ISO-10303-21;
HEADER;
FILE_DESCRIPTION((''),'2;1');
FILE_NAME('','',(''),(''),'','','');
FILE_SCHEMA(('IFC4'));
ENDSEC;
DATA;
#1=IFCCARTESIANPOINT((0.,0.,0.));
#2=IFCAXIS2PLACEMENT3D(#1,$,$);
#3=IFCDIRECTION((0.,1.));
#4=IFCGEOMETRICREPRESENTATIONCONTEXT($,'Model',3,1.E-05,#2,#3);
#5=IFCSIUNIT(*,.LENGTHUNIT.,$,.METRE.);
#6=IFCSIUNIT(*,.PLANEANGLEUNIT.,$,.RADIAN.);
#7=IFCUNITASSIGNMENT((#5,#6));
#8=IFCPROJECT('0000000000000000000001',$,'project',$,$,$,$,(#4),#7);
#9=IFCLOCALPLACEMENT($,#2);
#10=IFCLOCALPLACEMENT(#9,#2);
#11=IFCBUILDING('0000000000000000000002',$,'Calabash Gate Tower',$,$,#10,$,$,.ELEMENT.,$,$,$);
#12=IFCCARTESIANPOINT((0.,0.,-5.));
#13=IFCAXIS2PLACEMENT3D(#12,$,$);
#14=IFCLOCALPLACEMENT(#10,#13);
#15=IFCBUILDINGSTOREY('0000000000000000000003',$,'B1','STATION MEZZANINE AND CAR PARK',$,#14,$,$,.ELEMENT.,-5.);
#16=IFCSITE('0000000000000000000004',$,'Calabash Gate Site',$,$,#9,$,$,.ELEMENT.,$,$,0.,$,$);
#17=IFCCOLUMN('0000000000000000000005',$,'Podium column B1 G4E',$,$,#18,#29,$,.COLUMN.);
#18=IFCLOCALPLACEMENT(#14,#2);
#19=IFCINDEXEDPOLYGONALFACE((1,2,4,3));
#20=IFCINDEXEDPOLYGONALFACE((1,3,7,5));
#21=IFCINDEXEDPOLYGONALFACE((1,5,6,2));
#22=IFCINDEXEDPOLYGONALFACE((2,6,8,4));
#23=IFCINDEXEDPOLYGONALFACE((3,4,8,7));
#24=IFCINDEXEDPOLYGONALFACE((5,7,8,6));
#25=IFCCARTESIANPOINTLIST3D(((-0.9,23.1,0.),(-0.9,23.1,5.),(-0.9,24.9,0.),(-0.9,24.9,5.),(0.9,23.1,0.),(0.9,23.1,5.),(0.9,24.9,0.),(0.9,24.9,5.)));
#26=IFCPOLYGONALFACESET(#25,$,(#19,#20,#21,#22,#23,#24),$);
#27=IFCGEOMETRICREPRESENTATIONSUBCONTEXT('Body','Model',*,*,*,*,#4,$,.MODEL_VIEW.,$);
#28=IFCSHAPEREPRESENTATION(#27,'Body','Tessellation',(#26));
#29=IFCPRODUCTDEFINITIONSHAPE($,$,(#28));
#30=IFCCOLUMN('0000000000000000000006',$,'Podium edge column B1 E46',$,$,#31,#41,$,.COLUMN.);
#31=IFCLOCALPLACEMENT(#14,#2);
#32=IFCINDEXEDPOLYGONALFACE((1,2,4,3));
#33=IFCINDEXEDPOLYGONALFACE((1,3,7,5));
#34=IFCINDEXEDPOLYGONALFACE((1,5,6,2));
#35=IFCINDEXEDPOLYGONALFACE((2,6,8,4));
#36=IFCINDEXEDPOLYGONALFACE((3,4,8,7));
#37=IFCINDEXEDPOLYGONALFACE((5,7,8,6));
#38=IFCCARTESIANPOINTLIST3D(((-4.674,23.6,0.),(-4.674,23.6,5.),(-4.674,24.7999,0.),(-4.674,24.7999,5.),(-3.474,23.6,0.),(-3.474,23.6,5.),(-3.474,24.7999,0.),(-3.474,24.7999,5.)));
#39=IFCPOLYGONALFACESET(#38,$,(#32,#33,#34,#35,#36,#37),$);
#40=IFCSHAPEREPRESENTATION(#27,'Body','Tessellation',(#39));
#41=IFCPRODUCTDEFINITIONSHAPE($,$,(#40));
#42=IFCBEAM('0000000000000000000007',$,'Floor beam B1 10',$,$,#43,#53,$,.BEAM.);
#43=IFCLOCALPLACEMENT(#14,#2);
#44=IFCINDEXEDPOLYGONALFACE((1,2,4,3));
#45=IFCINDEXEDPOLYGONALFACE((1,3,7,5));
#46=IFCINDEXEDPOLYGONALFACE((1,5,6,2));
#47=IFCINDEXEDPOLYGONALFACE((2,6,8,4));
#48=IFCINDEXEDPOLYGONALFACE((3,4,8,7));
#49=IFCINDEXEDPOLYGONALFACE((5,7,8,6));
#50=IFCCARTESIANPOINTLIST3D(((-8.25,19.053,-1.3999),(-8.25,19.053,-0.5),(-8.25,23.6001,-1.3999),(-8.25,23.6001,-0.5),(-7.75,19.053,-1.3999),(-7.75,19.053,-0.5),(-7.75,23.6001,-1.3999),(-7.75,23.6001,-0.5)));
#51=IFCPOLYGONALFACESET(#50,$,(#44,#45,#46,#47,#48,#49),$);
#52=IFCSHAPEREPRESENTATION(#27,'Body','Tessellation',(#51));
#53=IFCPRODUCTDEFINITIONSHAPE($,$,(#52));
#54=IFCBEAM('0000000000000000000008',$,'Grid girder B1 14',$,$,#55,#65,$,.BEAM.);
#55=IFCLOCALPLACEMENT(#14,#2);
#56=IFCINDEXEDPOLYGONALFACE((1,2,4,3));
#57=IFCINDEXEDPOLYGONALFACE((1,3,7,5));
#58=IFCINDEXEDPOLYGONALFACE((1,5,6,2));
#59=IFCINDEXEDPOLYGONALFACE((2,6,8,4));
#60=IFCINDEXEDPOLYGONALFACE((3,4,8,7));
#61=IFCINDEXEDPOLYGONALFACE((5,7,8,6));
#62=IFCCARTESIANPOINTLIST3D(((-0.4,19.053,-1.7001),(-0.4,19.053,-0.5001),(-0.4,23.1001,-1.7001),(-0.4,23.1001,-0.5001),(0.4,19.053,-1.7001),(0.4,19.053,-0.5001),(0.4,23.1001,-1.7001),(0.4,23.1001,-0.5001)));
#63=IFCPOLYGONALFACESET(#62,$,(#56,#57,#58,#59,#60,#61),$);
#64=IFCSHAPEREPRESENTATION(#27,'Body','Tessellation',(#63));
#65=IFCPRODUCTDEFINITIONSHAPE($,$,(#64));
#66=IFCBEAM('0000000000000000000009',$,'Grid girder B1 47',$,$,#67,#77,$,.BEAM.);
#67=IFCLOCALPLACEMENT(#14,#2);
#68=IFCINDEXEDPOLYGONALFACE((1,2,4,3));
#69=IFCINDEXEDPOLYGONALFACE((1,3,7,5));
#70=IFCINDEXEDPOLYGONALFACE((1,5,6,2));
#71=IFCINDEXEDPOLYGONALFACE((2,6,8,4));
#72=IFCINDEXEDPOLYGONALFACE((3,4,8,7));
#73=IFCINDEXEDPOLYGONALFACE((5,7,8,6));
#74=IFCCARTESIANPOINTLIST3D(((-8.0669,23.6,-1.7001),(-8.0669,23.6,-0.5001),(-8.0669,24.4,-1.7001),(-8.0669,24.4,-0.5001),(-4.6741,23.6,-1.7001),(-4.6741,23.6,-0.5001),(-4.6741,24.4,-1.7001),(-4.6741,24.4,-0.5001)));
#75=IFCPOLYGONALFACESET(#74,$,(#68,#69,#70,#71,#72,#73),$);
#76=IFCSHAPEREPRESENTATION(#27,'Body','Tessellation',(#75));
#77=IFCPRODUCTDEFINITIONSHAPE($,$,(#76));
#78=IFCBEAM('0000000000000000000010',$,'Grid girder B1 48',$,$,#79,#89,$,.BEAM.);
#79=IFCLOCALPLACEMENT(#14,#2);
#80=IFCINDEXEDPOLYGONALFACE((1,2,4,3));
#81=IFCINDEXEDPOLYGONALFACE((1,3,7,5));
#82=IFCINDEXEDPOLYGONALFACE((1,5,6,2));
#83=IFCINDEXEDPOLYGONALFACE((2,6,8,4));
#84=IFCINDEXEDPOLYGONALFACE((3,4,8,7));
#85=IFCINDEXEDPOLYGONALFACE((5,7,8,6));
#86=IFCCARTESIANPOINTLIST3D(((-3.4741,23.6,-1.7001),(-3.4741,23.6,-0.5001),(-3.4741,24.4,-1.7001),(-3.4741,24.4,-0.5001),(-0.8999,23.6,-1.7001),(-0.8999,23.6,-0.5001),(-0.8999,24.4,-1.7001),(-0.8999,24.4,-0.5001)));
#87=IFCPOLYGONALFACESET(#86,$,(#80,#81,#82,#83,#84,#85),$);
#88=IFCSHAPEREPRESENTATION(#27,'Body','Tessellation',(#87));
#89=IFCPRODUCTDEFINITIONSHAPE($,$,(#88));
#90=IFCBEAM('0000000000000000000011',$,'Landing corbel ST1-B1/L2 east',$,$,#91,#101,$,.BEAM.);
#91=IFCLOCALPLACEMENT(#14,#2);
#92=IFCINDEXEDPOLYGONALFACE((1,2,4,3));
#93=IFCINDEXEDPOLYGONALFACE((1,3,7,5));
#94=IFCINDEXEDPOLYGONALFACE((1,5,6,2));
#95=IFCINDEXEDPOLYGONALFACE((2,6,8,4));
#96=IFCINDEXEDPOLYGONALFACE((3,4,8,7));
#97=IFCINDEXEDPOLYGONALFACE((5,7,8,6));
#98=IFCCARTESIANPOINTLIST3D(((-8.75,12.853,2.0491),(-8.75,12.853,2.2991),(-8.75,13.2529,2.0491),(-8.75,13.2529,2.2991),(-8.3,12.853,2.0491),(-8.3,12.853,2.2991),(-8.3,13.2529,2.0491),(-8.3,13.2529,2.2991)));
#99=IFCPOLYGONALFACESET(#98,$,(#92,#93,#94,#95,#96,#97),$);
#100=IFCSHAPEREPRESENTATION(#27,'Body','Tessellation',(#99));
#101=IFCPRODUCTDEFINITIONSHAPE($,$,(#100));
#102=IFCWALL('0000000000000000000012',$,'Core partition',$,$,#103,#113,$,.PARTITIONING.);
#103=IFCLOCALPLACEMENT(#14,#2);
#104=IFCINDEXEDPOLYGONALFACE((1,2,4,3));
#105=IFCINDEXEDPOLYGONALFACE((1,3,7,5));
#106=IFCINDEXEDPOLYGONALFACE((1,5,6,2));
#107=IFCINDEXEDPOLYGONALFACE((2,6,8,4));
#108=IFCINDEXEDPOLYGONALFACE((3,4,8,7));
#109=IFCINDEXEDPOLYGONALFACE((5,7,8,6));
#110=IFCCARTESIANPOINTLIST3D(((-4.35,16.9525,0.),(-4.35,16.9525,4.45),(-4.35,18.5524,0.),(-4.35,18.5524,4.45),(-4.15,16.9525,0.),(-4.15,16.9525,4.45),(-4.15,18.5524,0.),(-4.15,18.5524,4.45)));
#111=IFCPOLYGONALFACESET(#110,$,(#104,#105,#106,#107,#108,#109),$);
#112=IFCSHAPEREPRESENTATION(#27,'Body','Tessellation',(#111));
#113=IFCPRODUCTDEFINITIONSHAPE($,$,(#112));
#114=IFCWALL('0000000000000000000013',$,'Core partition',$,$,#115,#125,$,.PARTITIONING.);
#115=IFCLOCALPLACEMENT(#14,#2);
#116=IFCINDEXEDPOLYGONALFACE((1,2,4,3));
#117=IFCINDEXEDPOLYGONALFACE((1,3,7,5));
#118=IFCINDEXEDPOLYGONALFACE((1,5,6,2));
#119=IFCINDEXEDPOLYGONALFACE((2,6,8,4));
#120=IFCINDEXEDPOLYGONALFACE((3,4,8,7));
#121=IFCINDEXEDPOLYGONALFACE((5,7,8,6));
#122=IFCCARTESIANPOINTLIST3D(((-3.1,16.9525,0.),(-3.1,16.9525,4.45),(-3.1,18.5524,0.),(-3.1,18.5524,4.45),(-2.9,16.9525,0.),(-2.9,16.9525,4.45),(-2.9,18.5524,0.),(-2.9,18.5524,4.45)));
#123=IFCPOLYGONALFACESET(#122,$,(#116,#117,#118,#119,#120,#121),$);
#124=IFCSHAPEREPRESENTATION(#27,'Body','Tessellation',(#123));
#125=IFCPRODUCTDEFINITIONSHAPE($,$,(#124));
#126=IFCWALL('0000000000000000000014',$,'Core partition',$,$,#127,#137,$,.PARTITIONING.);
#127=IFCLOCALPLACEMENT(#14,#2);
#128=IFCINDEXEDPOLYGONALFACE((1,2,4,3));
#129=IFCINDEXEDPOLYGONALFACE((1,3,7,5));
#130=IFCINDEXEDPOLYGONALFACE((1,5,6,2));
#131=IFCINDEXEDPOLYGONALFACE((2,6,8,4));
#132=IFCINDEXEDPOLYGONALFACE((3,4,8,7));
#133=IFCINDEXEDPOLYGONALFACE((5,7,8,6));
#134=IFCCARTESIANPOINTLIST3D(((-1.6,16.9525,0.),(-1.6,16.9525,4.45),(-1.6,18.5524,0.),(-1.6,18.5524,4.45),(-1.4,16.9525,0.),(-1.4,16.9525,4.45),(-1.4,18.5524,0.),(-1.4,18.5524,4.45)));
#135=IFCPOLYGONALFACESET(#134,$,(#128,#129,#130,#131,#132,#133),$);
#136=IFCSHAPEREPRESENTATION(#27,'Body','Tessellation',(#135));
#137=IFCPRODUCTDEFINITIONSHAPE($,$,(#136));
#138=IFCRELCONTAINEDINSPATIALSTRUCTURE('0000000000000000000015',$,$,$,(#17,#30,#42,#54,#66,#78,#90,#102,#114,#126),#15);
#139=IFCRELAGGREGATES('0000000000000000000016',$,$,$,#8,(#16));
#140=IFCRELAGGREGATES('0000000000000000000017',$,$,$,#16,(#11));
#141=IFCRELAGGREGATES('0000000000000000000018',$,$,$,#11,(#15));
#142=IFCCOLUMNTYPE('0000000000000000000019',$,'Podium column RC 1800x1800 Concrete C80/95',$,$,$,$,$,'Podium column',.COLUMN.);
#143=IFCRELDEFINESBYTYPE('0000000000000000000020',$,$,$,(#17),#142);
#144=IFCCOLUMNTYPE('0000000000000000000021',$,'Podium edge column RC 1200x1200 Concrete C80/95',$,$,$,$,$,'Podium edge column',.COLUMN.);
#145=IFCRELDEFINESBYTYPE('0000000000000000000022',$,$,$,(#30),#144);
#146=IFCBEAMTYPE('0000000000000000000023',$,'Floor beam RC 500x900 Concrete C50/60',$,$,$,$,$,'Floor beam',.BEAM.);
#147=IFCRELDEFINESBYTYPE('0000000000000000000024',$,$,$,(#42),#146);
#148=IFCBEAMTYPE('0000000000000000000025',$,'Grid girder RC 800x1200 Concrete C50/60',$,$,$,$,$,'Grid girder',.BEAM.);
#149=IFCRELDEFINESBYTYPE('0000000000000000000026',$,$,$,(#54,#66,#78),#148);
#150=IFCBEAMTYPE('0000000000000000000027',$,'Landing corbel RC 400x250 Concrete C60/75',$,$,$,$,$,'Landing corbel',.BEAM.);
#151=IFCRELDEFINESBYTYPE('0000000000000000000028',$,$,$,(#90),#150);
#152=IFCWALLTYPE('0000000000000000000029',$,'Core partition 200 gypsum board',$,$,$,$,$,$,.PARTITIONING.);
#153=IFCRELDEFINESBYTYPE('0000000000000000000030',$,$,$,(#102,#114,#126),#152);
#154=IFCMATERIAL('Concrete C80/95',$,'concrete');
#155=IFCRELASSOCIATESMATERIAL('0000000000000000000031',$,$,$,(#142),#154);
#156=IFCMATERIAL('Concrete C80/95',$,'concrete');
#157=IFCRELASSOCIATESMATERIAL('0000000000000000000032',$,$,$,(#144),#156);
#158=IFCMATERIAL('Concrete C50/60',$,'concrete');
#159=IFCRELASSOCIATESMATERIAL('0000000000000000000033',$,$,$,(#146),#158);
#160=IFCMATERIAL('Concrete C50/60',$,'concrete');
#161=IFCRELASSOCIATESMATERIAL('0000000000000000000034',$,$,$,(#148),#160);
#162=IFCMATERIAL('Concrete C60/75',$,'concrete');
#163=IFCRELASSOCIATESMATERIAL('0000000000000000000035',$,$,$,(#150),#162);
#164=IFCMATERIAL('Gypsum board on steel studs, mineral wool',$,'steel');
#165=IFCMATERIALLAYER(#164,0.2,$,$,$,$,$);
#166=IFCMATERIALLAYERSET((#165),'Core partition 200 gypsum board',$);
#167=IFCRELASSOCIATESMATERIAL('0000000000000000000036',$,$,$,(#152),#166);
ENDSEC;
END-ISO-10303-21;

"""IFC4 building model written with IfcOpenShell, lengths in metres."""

from ifc_helpers import new_model, si_unit, direction, frame, frame_2d, origin, origin_2d, place, context, subcontext, project, spatial, rectangle, extrude, material, layer, layer_set, material_profile, profile_set, type_object, element, save


model = new_model("IFC4")

# Units and contexts
model_context = context("Model", 3, precision=1e-05, world=origin(), true_north=direction((0.0, 1.0)))
body_context = subcontext(model_context, "Body", "Model", "MODEL_VIEW")
ifc_project = project(units=[si_unit("LENGTHUNIT", "METRE"), si_unit("PLANEANGLEUNIT", "RADIAN")], contexts=[model_context])

# Site, building, storey
site_placement = place(None, origin())
site = spatial("IfcSite", under=ifc_project, at=site_placement, Name="Calabash Gate Site", CompositionType="ELEMENT", RefElevation=0.0)
building_placement = place(site_placement, origin())
building = spatial("IfcBuilding", under=site, at=building_placement, Name="Calabash Gate Tower", CompositionType="ELEMENT")
storey_placement = place(building_placement, frame((0.0, 0.0, -5.0)))
storey = spatial("IfcBuildingStorey", under=building, at=storey_placement, Name="B1", Description="STATION MEZZANINE AND CAR PARK", CompositionType="ELEMENT", Elevation=-5.0)

# Columns
ifc_material_1 = material(Name="Concrete C80/95", Category="concrete")
ifc_material_profile_1 = material_profile(ifc_material_1, rectangle(XDim=1.8, YDim=1.8, at=origin_2d()))
ifc_profile_set_1 = profile_set([ifc_material_profile_1], Name="Concrete C80/95")
column_type_1 = type_object("IfcColumnType", Name="Podium column RC 1800x1800 Concrete C80/95", ElementType="Podium column", PredefinedType="COLUMN", material=ifc_profile_set_1)
column_1_placement = place(storey_placement, frame((0.0, 24.0, 0.0), z_axis=(0.0, 0.0, 1.0), x_axis=(1.0, 0.0, 0.0)))
element("IfcColumn", 1, at=column_1_placement, inside=storey, type_object=column_type_1, Name="Podium column B1 G4E", PredefinedType="COLUMN", context=body_context, shape_type="SweptSolid", body=[
    extrude(rectangle(XDim=1.8, YDim=1.8, at=origin_2d()), origin(), (0.0, 0.0, 1.0), 5.0),
])
ifc_material_2 = material(Name="Concrete C80/95", Category="concrete")
ifc_material_profile_2 = material_profile(ifc_material_2, rectangle(XDim=1.2, YDim=1.2, at=origin_2d()))
ifc_profile_set_2 = profile_set([ifc_material_profile_2], Name="Concrete C80/95")
column_type_2 = type_object("IfcColumnType", Name="Podium edge column RC 1200x1200 Concrete C80/95", ElementType="Podium edge column", PredefinedType="COLUMN", material=ifc_profile_set_2)
column_2_placement = place(storey_placement, frame((-4.074, 24.2, 0.0), z_axis=(0.0, 0.0, 1.0), x_axis=(1.0, 0.0, 0.0)))
element("IfcColumn", 2, at=column_2_placement, inside=storey, type_object=column_type_2, Name="Podium edge column B1 E46", PredefinedType="COLUMN", context=body_context, shape_type="SweptSolid", body=[
    extrude(rectangle(XDim=1.2, YDim=1.2, at=origin_2d()), origin(), (0.0, 0.0, 1.0), 5.0),
])

# Beams
ifc_material_3 = material(Name="Concrete C50/60", Category="concrete")
ifc_material_profile_3 = material_profile(ifc_material_3, rectangle(XDim=0.5, YDim=0.8999, at=origin_2d()))
ifc_profile_set_3 = profile_set([ifc_material_profile_3], Name="Concrete C50/60")
beam_type_1 = type_object("IfcBeamType", Name="Floor beam RC 500x900 Concrete C50/60", ElementType="Floor beam", PredefinedType="BEAM", material=ifc_profile_set_3)
beam_1_placement = place(storey_placement, frame((-8.0, 19.053, -0.95), z_axis=(0.0, 1.0, 0.0), x_axis=(-1.0, 0.0, 0.0)))
element("IfcBeam", 3, at=beam_1_placement, inside=storey, type_object=beam_type_1, Name="Floor beam B1 10", PredefinedType="BEAM", context=body_context, shape_type="SweptSolid", body=[
    extrude(rectangle(XDim=0.5, YDim=0.8999, at=origin_2d()), origin(), (0.0, 0.0, 1.0), 4.5471),
])
ifc_material_4 = material(Name="Concrete C50/60", Category="concrete")
ifc_material_profile_4 = material_profile(ifc_material_4, rectangle(XDim=0.8, YDim=1.2, at=origin_2d()))
ifc_profile_set_4 = profile_set([ifc_material_profile_4], Name="Concrete C50/60")
beam_type_2 = type_object("IfcBeamType", Name="Grid girder RC 800x1200 Concrete C50/60", ElementType="Grid girder", PredefinedType="BEAM", material=ifc_profile_set_4)
beam_2_placement = place(storey_placement, frame((0.0, 19.053, -1.1001), z_axis=(0.0, 1.0, 0.0), x_axis=(-1.0, 0.0, 0.0)))
element("IfcBeam", 4, at=beam_2_placement, inside=storey, type_object=beam_type_2, Name="Grid girder B1 14", PredefinedType="BEAM", context=body_context, shape_type="SweptSolid", body=[
    extrude(rectangle(XDim=0.8, YDim=1.2, at=origin_2d()), origin(), (0.0, 0.0, 1.0), 4.0471),
])
beam_3_placement = place(storey_placement, frame((-8.0669, 24.0, -1.1001), z_axis=(1.0, 0.0, 0.0), x_axis=(0.0, 1.0, 0.0)))
element("IfcBeam", 5, at=beam_3_placement, inside=storey, type_object=beam_type_2, Name="Grid girder B1 47", PredefinedType="BEAM", context=body_context, shape_type="SweptSolid", body=[
    extrude(rectangle(XDim=0.8, YDim=1.2, at=origin_2d()), origin(), (0.0, 0.0, 1.0), 3.3928),
])
beam_4_placement = place(storey_placement, frame((-3.4741, 24.0, -1.1001), z_axis=(1.0, 0.0, 0.0), x_axis=(0.0, 1.0, 0.0)))
element("IfcBeam", 6, at=beam_4_placement, inside=storey, type_object=beam_type_2, Name="Grid girder B1 48", PredefinedType="BEAM", context=body_context, shape_type="SweptSolid", body=[
    extrude(rectangle(XDim=0.8, YDim=1.2, at=origin_2d()), origin(), (0.0, 0.0, 1.0), 2.5742),
])
ifc_material_5 = material(Name="Concrete C60/75", Category="concrete")
ifc_material_profile_5 = material_profile(ifc_material_5, rectangle(XDim=0.3999, YDim=0.25, at=origin_2d()))
ifc_profile_set_5 = profile_set([ifc_material_profile_5], Name="Concrete C60/75")
beam_type_3 = type_object("IfcBeamType", Name="Landing corbel RC 400x250 Concrete C60/75", ElementType="Landing corbel", PredefinedType="BEAM", material=ifc_profile_set_5)
beam_5_placement = place(storey_placement, frame((-8.3, 13.053, 2.1741), z_axis=(-1.0, 0.0, 0.0), x_axis=(0.0, -1.0, 0.0)))
element("IfcBeam", 7, at=beam_5_placement, inside=storey, type_object=beam_type_3, Name="Landing corbel ST1-B1/L2 east", PredefinedType="BEAM", context=body_context, shape_type="SweptSolid", body=[
    extrude(rectangle(XDim=0.3999, YDim=0.25, at=origin_2d()), origin(), (0.0, 0.0, 1.0), 0.45),
])

# Walls
ifc_material_6 = material(Name="Gypsum board on steel studs, mineral wool", Category="steel")
ifc_layer_1 = layer(ifc_material_6, 0.2)
ifc_layer_set_1 = layer_set([ifc_layer_1], Name="Core partition 200 gypsum board")
wall_type_1 = type_object("IfcWallType", Name="Core partition 200 gypsum board", PredefinedType="PARTITIONING", material=ifc_layer_set_1)
for number, where, z_axis, x_axis, name in (
    (8, (-4.25, 16.9526, 0.0), (0.0, 0.0, 1.0), (0.0, 1.0, 0.0), "Core partition"),
    (9, (-3.0, 16.9526, 0.0), (0.0, 0.0, 1.0), (0.0, 1.0, 0.0), "Core partition"),
    (10, (-1.5, 16.9526, 0.0), (0.0, 0.0, 1.0), (0.0, 1.0, 0.0), "Core partition"),
):
    element("IfcWall", number, at=place(storey_placement, frame(where, z_axis=z_axis, x_axis=x_axis)), inside=storey, type_object=wall_type_1, Name=name, PredefinedType="PARTITIONING", context=body_context, shape_type="SweptSolid", body=[
        extrude(rectangle(XDim=1.5999, YDim=0.2, at=frame_2d((0.7998, 0.0))), origin(), (0.0, 0.0, 1.0), 4.45),
    ])

save(model, "model.ifc")
